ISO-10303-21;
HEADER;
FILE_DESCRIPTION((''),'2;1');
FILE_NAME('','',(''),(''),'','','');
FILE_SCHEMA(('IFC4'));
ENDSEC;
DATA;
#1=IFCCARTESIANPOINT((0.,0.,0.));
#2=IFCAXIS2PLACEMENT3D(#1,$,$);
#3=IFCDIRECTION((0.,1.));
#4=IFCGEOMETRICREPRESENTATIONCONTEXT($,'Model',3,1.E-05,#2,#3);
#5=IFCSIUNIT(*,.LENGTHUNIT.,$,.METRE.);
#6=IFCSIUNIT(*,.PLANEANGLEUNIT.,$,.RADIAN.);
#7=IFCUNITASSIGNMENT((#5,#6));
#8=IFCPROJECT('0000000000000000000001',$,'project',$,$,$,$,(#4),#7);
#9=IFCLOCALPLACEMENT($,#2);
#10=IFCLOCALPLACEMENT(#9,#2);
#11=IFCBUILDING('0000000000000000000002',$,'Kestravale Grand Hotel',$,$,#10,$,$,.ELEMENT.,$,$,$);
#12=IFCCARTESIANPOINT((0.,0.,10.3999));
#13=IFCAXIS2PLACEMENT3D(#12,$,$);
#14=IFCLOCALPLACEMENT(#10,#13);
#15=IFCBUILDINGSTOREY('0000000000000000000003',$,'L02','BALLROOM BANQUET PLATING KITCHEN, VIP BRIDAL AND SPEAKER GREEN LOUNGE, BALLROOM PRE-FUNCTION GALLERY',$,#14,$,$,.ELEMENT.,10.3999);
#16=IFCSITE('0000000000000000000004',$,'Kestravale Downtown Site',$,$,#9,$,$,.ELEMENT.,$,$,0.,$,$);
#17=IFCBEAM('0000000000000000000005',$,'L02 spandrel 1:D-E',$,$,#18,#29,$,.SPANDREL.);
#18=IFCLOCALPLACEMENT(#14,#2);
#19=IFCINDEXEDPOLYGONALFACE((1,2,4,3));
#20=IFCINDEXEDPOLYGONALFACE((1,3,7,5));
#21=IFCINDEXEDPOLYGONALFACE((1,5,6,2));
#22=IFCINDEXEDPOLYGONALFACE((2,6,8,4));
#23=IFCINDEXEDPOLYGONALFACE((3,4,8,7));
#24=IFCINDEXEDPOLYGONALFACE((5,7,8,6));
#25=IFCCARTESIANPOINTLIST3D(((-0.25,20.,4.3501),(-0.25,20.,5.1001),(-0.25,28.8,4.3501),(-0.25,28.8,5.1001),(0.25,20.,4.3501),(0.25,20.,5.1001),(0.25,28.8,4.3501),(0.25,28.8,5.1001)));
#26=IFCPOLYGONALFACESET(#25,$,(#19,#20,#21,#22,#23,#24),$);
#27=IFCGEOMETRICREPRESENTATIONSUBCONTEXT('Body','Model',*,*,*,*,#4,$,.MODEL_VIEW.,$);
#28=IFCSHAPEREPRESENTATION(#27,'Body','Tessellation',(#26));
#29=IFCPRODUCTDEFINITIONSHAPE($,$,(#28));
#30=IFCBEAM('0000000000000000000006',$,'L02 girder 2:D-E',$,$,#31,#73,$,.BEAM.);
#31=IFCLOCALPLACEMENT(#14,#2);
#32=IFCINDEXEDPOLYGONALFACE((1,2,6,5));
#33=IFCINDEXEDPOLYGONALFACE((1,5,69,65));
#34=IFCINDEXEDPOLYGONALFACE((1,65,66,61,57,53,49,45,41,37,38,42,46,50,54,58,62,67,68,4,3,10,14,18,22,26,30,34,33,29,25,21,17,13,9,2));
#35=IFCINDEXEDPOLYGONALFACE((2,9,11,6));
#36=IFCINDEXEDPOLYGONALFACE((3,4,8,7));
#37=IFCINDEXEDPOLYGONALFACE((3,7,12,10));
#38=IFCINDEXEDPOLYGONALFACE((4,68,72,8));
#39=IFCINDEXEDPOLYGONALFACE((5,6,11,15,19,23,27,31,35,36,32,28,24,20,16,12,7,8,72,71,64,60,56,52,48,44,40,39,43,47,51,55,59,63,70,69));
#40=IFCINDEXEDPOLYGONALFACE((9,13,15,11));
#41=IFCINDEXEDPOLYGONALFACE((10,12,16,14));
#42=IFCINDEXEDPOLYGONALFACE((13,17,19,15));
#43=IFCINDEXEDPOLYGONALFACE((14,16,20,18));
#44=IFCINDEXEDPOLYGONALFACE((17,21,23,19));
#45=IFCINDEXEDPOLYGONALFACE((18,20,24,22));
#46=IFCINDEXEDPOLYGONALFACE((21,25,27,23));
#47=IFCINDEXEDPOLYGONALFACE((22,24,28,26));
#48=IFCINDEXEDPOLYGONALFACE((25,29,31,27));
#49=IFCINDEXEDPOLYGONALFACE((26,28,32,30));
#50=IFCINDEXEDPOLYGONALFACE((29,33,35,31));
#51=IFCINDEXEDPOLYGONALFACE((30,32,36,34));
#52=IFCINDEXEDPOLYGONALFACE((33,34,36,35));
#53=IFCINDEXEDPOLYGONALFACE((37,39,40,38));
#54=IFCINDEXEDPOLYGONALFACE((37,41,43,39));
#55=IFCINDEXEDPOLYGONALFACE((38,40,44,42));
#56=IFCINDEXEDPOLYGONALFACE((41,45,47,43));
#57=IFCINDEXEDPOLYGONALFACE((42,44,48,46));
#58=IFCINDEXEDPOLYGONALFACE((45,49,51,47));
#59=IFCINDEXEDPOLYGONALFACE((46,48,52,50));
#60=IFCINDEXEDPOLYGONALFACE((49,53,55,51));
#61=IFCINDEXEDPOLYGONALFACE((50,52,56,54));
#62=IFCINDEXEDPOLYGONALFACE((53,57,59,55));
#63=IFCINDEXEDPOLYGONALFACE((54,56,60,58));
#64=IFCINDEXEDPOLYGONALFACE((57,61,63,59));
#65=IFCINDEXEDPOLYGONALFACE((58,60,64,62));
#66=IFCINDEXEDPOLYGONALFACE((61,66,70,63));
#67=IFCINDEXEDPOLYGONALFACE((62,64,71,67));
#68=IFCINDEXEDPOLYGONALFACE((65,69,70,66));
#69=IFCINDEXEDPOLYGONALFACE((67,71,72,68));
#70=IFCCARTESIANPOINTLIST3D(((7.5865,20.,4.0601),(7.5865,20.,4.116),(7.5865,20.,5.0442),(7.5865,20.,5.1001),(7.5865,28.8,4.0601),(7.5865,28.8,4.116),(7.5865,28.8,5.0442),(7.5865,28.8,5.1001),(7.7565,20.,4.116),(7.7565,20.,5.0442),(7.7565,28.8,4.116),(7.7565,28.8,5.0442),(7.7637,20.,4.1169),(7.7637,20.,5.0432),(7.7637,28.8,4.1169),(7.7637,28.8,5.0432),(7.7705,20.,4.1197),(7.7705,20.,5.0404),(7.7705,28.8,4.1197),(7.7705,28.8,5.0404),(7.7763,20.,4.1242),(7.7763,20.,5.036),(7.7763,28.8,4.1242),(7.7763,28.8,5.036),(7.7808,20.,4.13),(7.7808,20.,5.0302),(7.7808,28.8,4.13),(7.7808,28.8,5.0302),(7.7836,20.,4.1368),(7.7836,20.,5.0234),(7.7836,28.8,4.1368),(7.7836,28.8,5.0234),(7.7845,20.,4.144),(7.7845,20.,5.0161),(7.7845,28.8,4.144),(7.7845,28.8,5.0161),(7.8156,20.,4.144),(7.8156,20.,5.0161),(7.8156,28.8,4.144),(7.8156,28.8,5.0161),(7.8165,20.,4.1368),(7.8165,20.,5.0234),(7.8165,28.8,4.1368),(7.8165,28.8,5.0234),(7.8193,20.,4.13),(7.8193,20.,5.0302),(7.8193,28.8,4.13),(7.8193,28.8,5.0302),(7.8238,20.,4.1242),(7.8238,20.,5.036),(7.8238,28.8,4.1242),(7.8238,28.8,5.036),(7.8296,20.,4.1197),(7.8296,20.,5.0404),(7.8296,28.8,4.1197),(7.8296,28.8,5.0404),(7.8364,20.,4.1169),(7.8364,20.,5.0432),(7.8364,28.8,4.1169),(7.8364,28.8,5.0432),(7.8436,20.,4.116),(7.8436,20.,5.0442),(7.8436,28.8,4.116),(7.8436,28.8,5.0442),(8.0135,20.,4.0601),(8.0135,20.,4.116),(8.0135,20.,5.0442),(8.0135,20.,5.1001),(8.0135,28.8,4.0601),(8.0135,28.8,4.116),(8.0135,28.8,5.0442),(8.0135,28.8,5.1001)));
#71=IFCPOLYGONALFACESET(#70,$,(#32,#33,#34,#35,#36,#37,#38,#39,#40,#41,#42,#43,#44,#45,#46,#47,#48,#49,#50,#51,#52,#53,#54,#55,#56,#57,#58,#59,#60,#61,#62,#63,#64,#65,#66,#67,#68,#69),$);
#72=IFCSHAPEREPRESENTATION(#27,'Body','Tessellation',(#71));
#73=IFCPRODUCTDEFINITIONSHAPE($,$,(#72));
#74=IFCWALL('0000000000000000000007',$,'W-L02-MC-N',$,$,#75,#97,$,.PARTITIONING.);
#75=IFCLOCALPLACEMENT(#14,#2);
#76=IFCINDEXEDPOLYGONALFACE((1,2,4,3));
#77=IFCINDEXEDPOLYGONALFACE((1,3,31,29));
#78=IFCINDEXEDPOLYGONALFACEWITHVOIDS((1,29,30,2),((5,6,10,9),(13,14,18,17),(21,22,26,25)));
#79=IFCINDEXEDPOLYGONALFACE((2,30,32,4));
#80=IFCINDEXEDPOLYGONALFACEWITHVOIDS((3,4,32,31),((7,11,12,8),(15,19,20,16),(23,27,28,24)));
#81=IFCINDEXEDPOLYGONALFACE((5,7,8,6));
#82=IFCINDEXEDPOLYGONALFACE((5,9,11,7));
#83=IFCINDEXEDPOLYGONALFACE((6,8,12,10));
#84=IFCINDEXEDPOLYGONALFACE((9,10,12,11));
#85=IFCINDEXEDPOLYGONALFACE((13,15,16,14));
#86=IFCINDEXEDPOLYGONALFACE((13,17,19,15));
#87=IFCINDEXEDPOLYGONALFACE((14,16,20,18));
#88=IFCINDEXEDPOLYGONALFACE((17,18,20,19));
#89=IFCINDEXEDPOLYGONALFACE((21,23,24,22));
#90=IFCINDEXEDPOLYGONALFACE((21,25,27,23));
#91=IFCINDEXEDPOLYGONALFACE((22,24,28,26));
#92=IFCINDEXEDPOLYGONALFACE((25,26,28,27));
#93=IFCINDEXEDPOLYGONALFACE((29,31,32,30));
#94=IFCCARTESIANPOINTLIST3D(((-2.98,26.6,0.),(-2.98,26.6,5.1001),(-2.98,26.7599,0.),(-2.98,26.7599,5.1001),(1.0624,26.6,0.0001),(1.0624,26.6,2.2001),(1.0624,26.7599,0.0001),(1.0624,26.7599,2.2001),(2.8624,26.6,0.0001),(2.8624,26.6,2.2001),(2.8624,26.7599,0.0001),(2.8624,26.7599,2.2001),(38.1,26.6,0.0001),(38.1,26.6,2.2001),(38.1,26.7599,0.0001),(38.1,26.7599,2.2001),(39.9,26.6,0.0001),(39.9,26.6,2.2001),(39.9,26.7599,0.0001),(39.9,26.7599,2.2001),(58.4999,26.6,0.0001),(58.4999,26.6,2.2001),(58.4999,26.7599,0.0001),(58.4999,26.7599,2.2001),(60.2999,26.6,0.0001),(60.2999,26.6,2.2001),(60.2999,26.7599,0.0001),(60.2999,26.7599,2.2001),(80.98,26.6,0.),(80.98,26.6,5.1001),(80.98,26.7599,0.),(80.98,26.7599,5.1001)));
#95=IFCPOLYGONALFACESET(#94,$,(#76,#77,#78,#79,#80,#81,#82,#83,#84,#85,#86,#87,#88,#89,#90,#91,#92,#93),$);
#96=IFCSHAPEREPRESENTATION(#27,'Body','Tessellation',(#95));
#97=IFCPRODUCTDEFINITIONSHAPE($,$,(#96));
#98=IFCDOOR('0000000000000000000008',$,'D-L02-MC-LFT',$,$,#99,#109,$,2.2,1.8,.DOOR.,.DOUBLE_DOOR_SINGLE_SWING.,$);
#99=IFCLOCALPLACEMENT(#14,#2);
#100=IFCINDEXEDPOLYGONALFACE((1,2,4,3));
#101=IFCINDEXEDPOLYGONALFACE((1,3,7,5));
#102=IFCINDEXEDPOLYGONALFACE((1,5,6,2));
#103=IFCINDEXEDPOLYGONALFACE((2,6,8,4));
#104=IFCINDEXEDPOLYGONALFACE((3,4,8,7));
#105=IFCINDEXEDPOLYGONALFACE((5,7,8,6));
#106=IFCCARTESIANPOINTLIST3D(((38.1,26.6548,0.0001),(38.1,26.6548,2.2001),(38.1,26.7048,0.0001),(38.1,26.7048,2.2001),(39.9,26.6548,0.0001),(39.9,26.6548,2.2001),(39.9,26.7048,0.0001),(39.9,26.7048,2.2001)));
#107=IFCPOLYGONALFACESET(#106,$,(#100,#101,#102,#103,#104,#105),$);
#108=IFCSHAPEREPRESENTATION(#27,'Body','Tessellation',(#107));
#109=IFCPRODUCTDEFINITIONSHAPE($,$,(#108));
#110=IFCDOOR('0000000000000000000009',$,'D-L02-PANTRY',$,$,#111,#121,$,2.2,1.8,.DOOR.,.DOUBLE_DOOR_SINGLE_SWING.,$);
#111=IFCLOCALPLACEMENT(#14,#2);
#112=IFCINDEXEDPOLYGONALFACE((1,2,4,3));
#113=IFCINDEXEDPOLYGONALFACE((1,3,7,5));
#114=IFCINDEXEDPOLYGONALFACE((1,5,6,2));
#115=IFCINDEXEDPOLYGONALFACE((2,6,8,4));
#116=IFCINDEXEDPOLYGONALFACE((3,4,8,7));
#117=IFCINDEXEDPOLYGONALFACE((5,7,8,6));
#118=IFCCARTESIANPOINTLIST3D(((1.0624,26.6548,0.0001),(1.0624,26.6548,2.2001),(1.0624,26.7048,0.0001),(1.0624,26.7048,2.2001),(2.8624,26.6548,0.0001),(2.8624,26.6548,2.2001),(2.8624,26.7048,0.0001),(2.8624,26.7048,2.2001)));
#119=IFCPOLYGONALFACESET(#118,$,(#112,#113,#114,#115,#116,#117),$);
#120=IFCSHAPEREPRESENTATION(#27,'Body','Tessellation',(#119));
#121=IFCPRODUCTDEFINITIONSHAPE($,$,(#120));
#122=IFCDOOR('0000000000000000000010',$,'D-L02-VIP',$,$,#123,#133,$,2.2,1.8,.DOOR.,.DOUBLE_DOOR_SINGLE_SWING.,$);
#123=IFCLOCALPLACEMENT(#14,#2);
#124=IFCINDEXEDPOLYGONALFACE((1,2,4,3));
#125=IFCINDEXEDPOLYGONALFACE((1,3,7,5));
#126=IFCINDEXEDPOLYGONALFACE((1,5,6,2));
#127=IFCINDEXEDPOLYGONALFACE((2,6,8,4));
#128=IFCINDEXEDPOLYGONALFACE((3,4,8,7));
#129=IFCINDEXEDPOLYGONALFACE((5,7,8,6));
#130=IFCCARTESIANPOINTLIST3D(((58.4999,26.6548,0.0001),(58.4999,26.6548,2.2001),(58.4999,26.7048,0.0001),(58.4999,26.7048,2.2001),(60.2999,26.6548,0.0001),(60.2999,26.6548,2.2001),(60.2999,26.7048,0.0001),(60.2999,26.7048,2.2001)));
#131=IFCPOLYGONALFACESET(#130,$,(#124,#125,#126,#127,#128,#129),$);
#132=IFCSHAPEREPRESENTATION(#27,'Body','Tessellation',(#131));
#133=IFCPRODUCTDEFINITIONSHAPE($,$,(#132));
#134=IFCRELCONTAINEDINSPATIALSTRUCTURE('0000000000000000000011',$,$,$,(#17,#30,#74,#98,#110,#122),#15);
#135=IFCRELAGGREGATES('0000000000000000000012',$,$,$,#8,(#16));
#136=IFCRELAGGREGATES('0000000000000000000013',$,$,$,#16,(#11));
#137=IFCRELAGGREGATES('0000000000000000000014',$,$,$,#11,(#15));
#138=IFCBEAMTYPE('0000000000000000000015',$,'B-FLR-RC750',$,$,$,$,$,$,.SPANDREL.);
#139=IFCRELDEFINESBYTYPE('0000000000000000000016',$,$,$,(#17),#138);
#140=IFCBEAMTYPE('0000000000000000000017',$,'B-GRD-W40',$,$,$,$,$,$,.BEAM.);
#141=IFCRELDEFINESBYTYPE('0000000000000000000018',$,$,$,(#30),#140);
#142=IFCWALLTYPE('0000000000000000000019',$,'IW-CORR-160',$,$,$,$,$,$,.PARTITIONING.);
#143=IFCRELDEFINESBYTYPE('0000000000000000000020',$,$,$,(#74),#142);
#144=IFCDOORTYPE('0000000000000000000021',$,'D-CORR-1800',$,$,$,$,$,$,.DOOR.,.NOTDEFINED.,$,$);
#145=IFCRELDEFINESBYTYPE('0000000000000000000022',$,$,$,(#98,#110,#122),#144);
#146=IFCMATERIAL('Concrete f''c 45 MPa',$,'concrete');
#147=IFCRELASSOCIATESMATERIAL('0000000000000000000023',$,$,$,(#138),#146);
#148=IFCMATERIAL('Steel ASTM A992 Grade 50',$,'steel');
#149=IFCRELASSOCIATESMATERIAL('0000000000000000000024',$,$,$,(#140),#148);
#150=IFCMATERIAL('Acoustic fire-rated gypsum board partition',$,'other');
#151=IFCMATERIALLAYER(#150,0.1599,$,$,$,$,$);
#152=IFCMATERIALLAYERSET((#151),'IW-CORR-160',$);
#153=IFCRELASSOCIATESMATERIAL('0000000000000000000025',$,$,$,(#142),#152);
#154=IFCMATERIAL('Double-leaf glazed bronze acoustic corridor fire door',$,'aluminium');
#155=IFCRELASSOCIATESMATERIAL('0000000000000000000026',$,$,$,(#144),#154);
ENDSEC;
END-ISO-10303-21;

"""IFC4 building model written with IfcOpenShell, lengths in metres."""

from ifc_helpers import new_model, si_unit, direction, frame, frame_2d, origin, origin_2d, place, context, subcontext, project, spatial, rectangle, i_section, extrude, material, layer, layer_set, material_profile, profile_set, type_object, element, fill, save


model = new_model("IFC4")

# Units and contexts
model_context = context("Model", 3, precision=1e-05, world=origin(), true_north=direction((0.0, 1.0)))
body_context = subcontext(model_context, "Body", "Model", "MODEL_VIEW")
ifc_project = project(units=[si_unit("LENGTHUNIT", "METRE"), si_unit("PLANEANGLEUNIT", "RADIAN")], contexts=[model_context])

# Site, building, storey
site_placement = place(None, origin())
site = spatial("IfcSite", under=ifc_project, at=site_placement, Name="Kestravale Downtown Site", CompositionType="ELEMENT", RefElevation=0.0)
building_placement = place(site_placement, origin())
building = spatial("IfcBuilding", under=site, at=building_placement, Name="Kestravale Grand Hotel", CompositionType="ELEMENT")
storey_placement = place(building_placement, frame((0.0, 0.0, 10.3999)))
storey = spatial("IfcBuildingStorey", under=building, at=storey_placement, Name="L02", Description="BALLROOM BANQUET PLATING KITCHEN, VIP BRIDAL AND SPEAKER GREEN LOUNGE, BALLROOM PRE-FUNCTION GALLERY", CompositionType="ELEMENT", Elevation=10.3999)

# Beams
ifc_material_1 = material(Name="Concrete f'c 45 MPa", Category="concrete")
ifc_material_profile_1 = material_profile(ifc_material_1, rectangle(XDim=0.5, YDim=0.75, at=origin_2d()))
ifc_profile_set_1 = profile_set([ifc_material_profile_1], Name="Concrete f'c 45 MPa")
beam_type_1 = type_object("IfcBeamType", Name="B-FLR-RC750", PredefinedType="SPANDREL", material=ifc_profile_set_1)
beam_1_placement = place(storey_placement, frame((0.0, 20.0, 4.7251), z_axis=(0.0, 1.0, 0.0), x_axis=(-1.0, 0.0, 0.0)))
element("IfcBeam", 1, at=beam_1_placement, inside=storey, type_object=beam_type_1, Name="L02 spandrel 1:D-E", PredefinedType="SPANDREL", context=body_context, shape_type="SweptSolid", body=[
    extrude(rectangle(XDim=0.5, YDim=0.75, at=origin_2d()), origin(), (0.0, 0.0, 1.0), 8.8),
])
ifc_material_2 = material(Name="Steel ASTM A992 Grade 50", Category="steel")
ifc_material_profile_2 = material_profile(ifc_material_2, i_section(OverallWidth=0.427, OverallDepth=1.04, WebThickness=0.031, FlangeThickness=0.0559, FilletRadius=0.0281, at=origin_2d()))
ifc_profile_set_2 = profile_set([ifc_material_profile_2], Name="Steel ASTM A992 Grade 50")
beam_type_2 = type_object("IfcBeamType", Name="B-GRD-W40", PredefinedType="BEAM", material=ifc_profile_set_2)
beam_2_placement = place(storey_placement, frame((7.8, 20.0, 4.5801), z_axis=(0.0, 1.0, 0.0), x_axis=(-1.0, 0.0, 0.0)))
element("IfcBeam", 2, at=beam_2_placement, inside=storey, type_object=beam_type_2, Name="L02 girder 2:D-E", PredefinedType="BEAM", context=body_context, shape_type="SweptSolid", body=[
    extrude(i_section(OverallWidth=0.427, OverallDepth=1.04, WebThickness=0.031, FlangeThickness=0.0559, FilletRadius=0.0281, at=origin_2d()), origin(), (0.0, 0.0, 1.0), 8.8),
])

# Wall, openings, doors
ifc_material_3 = material(Name="Acoustic fire-rated gypsum board partition", Category="other")
ifc_layer = layer(ifc_material_3, 0.1599)
ifc_layer_set = layer_set([ifc_layer], Name="IW-CORR-160")
wall_type = type_object("IfcWallType", Name="IW-CORR-160", PredefinedType="PARTITIONING", material=ifc_layer_set)
wall_1_placement = place(storey_placement, frame((-2.98, 26.6799, 0.0), z_axis=(0.0, 0.0, 1.0), x_axis=(1.0, 0.0, 0.0)))
wall_1 = element("IfcWall", 3, at=wall_1_placement, inside=storey, type_object=wall_type, Name="W-L02-MC-N", PredefinedType="PARTITIONING", context=body_context, shape_type="SweptSolid", body=[
    extrude(rectangle(XDim=83.96, YDim=0.1599, at=frame_2d((41.98, 0.0))), origin(), (0.0, 0.0, 1.0), 5.1001),
])
opening_1_placement = place(wall_1_placement, frame((41.0801, 0.0, 0.0)))
opening_1 = element("IfcOpeningElement", 4, at=opening_1_placement, cuts=wall_1, PredefinedType="OPENING", context=body_context, shape_type="SweptSolid", body=[
    extrude(rectangle(XDim=1.8, YDim=2.2, at=frame_2d((0.8999, 1.1001))), frame((0.0, 0.0898, 0.0), z_axis=(0.0, -1.0, 0.0), x_axis=(1.0, 0.0, 0.0)), (0.0, 0.0, 1.0), 0.1799),
])
opening_2_placement = place(wall_1_placement, frame((4.0425, 0.0, 0.0)))
opening_2 = element("IfcOpeningElement", 5, at=opening_2_placement, cuts=wall_1, PredefinedType="OPENING", context=body_context, shape_type="SweptSolid", body=[
    extrude(rectangle(XDim=1.8, YDim=2.2, at=frame_2d((0.8999, 1.1001))), frame((0.0, 0.0898, 0.0), z_axis=(0.0, -1.0, 0.0), x_axis=(1.0, 0.0, 0.0)), (0.0, 0.0, 1.0), 0.1799),
])
opening_3_placement = place(wall_1_placement, frame((61.48, 0.0, 0.0)))
opening_3 = element("IfcOpeningElement", 6, at=opening_3_placement, cuts=wall_1, PredefinedType="OPENING", context=body_context, shape_type="SweptSolid", body=[
    extrude(rectangle(XDim=1.8, YDim=2.2, at=frame_2d((0.8999, 1.1001))), frame((0.0, 0.0898, 0.0), z_axis=(0.0, -1.0, 0.0), x_axis=(1.0, 0.0, 0.0)), (0.0, 0.0, 1.0), 0.1799),
])
ifc_material_4 = material(Name="Double-leaf glazed bronze acoustic corridor fire door", Category="aluminium")
door_type_1 = type_object("IfcDoorType", Name="D-CORR-1800", OperationType="NOTDEFINED", PredefinedType="DOOR", material=ifc_material_4)
door_1_placement = place(opening_1_placement, origin())
door_1 = element("IfcDoor", 7, at=door_1_placement, inside=storey, type_object=door_type_1, Name="D-L02-MC-LFT", OperationType="DOUBLE_DOOR_SINGLE_SWING", OverallHeight=2.2, OverallWidth=1.8, PredefinedType="DOOR", context=body_context, shape_type="SweptSolid", body=[
    extrude(rectangle(XDim=1.8, YDim=2.2, at=frame_2d((0.8999, 1.1001))), frame((0.0, 0.0249, 0.0), z_axis=(0.0, -1.0, 0.0), x_axis=(1.0, 0.0, 0.0)), (0.0, 0.0, 1.0), 0.05),
])
fill(opening_1, door_1)
door_2_placement = place(opening_2_placement, origin())
door_2 = element("IfcDoor", 8, at=door_2_placement, inside=storey, type_object=door_type_1, Name="D-L02-PANTRY", OperationType="DOUBLE_DOOR_SINGLE_SWING", OverallHeight=2.2, OverallWidth=1.8, PredefinedType="DOOR", context=body_context, shape_type="SweptSolid", body=[
    extrude(rectangle(XDim=1.8, YDim=2.2, at=frame_2d((0.8999, 1.1001))), frame((0.0, 0.0249, 0.0), z_axis=(0.0, -1.0, 0.0), x_axis=(1.0, 0.0, 0.0)), (0.0, 0.0, 1.0), 0.05),
])
fill(opening_2, door_2)
door_3_placement = place(opening_3_placement, origin())
door_3 = element("IfcDoor", 9, at=door_3_placement, inside=storey, type_object=door_type_1, Name="D-L02-VIP", OperationType="DOUBLE_DOOR_SINGLE_SWING", OverallHeight=2.2, OverallWidth=1.8, PredefinedType="DOOR", context=body_context, shape_type="SweptSolid", body=[
    extrude(rectangle(XDim=1.8, YDim=2.2, at=frame_2d((0.8999, 1.1001))), frame((0.0, 0.0249, 0.0), z_axis=(0.0, -1.0, 0.0), x_axis=(1.0, 0.0, 0.0)), (0.0, 0.0, 1.0), 0.05),
])
fill(opening_3, door_3)

save(model, "model.ifc")
